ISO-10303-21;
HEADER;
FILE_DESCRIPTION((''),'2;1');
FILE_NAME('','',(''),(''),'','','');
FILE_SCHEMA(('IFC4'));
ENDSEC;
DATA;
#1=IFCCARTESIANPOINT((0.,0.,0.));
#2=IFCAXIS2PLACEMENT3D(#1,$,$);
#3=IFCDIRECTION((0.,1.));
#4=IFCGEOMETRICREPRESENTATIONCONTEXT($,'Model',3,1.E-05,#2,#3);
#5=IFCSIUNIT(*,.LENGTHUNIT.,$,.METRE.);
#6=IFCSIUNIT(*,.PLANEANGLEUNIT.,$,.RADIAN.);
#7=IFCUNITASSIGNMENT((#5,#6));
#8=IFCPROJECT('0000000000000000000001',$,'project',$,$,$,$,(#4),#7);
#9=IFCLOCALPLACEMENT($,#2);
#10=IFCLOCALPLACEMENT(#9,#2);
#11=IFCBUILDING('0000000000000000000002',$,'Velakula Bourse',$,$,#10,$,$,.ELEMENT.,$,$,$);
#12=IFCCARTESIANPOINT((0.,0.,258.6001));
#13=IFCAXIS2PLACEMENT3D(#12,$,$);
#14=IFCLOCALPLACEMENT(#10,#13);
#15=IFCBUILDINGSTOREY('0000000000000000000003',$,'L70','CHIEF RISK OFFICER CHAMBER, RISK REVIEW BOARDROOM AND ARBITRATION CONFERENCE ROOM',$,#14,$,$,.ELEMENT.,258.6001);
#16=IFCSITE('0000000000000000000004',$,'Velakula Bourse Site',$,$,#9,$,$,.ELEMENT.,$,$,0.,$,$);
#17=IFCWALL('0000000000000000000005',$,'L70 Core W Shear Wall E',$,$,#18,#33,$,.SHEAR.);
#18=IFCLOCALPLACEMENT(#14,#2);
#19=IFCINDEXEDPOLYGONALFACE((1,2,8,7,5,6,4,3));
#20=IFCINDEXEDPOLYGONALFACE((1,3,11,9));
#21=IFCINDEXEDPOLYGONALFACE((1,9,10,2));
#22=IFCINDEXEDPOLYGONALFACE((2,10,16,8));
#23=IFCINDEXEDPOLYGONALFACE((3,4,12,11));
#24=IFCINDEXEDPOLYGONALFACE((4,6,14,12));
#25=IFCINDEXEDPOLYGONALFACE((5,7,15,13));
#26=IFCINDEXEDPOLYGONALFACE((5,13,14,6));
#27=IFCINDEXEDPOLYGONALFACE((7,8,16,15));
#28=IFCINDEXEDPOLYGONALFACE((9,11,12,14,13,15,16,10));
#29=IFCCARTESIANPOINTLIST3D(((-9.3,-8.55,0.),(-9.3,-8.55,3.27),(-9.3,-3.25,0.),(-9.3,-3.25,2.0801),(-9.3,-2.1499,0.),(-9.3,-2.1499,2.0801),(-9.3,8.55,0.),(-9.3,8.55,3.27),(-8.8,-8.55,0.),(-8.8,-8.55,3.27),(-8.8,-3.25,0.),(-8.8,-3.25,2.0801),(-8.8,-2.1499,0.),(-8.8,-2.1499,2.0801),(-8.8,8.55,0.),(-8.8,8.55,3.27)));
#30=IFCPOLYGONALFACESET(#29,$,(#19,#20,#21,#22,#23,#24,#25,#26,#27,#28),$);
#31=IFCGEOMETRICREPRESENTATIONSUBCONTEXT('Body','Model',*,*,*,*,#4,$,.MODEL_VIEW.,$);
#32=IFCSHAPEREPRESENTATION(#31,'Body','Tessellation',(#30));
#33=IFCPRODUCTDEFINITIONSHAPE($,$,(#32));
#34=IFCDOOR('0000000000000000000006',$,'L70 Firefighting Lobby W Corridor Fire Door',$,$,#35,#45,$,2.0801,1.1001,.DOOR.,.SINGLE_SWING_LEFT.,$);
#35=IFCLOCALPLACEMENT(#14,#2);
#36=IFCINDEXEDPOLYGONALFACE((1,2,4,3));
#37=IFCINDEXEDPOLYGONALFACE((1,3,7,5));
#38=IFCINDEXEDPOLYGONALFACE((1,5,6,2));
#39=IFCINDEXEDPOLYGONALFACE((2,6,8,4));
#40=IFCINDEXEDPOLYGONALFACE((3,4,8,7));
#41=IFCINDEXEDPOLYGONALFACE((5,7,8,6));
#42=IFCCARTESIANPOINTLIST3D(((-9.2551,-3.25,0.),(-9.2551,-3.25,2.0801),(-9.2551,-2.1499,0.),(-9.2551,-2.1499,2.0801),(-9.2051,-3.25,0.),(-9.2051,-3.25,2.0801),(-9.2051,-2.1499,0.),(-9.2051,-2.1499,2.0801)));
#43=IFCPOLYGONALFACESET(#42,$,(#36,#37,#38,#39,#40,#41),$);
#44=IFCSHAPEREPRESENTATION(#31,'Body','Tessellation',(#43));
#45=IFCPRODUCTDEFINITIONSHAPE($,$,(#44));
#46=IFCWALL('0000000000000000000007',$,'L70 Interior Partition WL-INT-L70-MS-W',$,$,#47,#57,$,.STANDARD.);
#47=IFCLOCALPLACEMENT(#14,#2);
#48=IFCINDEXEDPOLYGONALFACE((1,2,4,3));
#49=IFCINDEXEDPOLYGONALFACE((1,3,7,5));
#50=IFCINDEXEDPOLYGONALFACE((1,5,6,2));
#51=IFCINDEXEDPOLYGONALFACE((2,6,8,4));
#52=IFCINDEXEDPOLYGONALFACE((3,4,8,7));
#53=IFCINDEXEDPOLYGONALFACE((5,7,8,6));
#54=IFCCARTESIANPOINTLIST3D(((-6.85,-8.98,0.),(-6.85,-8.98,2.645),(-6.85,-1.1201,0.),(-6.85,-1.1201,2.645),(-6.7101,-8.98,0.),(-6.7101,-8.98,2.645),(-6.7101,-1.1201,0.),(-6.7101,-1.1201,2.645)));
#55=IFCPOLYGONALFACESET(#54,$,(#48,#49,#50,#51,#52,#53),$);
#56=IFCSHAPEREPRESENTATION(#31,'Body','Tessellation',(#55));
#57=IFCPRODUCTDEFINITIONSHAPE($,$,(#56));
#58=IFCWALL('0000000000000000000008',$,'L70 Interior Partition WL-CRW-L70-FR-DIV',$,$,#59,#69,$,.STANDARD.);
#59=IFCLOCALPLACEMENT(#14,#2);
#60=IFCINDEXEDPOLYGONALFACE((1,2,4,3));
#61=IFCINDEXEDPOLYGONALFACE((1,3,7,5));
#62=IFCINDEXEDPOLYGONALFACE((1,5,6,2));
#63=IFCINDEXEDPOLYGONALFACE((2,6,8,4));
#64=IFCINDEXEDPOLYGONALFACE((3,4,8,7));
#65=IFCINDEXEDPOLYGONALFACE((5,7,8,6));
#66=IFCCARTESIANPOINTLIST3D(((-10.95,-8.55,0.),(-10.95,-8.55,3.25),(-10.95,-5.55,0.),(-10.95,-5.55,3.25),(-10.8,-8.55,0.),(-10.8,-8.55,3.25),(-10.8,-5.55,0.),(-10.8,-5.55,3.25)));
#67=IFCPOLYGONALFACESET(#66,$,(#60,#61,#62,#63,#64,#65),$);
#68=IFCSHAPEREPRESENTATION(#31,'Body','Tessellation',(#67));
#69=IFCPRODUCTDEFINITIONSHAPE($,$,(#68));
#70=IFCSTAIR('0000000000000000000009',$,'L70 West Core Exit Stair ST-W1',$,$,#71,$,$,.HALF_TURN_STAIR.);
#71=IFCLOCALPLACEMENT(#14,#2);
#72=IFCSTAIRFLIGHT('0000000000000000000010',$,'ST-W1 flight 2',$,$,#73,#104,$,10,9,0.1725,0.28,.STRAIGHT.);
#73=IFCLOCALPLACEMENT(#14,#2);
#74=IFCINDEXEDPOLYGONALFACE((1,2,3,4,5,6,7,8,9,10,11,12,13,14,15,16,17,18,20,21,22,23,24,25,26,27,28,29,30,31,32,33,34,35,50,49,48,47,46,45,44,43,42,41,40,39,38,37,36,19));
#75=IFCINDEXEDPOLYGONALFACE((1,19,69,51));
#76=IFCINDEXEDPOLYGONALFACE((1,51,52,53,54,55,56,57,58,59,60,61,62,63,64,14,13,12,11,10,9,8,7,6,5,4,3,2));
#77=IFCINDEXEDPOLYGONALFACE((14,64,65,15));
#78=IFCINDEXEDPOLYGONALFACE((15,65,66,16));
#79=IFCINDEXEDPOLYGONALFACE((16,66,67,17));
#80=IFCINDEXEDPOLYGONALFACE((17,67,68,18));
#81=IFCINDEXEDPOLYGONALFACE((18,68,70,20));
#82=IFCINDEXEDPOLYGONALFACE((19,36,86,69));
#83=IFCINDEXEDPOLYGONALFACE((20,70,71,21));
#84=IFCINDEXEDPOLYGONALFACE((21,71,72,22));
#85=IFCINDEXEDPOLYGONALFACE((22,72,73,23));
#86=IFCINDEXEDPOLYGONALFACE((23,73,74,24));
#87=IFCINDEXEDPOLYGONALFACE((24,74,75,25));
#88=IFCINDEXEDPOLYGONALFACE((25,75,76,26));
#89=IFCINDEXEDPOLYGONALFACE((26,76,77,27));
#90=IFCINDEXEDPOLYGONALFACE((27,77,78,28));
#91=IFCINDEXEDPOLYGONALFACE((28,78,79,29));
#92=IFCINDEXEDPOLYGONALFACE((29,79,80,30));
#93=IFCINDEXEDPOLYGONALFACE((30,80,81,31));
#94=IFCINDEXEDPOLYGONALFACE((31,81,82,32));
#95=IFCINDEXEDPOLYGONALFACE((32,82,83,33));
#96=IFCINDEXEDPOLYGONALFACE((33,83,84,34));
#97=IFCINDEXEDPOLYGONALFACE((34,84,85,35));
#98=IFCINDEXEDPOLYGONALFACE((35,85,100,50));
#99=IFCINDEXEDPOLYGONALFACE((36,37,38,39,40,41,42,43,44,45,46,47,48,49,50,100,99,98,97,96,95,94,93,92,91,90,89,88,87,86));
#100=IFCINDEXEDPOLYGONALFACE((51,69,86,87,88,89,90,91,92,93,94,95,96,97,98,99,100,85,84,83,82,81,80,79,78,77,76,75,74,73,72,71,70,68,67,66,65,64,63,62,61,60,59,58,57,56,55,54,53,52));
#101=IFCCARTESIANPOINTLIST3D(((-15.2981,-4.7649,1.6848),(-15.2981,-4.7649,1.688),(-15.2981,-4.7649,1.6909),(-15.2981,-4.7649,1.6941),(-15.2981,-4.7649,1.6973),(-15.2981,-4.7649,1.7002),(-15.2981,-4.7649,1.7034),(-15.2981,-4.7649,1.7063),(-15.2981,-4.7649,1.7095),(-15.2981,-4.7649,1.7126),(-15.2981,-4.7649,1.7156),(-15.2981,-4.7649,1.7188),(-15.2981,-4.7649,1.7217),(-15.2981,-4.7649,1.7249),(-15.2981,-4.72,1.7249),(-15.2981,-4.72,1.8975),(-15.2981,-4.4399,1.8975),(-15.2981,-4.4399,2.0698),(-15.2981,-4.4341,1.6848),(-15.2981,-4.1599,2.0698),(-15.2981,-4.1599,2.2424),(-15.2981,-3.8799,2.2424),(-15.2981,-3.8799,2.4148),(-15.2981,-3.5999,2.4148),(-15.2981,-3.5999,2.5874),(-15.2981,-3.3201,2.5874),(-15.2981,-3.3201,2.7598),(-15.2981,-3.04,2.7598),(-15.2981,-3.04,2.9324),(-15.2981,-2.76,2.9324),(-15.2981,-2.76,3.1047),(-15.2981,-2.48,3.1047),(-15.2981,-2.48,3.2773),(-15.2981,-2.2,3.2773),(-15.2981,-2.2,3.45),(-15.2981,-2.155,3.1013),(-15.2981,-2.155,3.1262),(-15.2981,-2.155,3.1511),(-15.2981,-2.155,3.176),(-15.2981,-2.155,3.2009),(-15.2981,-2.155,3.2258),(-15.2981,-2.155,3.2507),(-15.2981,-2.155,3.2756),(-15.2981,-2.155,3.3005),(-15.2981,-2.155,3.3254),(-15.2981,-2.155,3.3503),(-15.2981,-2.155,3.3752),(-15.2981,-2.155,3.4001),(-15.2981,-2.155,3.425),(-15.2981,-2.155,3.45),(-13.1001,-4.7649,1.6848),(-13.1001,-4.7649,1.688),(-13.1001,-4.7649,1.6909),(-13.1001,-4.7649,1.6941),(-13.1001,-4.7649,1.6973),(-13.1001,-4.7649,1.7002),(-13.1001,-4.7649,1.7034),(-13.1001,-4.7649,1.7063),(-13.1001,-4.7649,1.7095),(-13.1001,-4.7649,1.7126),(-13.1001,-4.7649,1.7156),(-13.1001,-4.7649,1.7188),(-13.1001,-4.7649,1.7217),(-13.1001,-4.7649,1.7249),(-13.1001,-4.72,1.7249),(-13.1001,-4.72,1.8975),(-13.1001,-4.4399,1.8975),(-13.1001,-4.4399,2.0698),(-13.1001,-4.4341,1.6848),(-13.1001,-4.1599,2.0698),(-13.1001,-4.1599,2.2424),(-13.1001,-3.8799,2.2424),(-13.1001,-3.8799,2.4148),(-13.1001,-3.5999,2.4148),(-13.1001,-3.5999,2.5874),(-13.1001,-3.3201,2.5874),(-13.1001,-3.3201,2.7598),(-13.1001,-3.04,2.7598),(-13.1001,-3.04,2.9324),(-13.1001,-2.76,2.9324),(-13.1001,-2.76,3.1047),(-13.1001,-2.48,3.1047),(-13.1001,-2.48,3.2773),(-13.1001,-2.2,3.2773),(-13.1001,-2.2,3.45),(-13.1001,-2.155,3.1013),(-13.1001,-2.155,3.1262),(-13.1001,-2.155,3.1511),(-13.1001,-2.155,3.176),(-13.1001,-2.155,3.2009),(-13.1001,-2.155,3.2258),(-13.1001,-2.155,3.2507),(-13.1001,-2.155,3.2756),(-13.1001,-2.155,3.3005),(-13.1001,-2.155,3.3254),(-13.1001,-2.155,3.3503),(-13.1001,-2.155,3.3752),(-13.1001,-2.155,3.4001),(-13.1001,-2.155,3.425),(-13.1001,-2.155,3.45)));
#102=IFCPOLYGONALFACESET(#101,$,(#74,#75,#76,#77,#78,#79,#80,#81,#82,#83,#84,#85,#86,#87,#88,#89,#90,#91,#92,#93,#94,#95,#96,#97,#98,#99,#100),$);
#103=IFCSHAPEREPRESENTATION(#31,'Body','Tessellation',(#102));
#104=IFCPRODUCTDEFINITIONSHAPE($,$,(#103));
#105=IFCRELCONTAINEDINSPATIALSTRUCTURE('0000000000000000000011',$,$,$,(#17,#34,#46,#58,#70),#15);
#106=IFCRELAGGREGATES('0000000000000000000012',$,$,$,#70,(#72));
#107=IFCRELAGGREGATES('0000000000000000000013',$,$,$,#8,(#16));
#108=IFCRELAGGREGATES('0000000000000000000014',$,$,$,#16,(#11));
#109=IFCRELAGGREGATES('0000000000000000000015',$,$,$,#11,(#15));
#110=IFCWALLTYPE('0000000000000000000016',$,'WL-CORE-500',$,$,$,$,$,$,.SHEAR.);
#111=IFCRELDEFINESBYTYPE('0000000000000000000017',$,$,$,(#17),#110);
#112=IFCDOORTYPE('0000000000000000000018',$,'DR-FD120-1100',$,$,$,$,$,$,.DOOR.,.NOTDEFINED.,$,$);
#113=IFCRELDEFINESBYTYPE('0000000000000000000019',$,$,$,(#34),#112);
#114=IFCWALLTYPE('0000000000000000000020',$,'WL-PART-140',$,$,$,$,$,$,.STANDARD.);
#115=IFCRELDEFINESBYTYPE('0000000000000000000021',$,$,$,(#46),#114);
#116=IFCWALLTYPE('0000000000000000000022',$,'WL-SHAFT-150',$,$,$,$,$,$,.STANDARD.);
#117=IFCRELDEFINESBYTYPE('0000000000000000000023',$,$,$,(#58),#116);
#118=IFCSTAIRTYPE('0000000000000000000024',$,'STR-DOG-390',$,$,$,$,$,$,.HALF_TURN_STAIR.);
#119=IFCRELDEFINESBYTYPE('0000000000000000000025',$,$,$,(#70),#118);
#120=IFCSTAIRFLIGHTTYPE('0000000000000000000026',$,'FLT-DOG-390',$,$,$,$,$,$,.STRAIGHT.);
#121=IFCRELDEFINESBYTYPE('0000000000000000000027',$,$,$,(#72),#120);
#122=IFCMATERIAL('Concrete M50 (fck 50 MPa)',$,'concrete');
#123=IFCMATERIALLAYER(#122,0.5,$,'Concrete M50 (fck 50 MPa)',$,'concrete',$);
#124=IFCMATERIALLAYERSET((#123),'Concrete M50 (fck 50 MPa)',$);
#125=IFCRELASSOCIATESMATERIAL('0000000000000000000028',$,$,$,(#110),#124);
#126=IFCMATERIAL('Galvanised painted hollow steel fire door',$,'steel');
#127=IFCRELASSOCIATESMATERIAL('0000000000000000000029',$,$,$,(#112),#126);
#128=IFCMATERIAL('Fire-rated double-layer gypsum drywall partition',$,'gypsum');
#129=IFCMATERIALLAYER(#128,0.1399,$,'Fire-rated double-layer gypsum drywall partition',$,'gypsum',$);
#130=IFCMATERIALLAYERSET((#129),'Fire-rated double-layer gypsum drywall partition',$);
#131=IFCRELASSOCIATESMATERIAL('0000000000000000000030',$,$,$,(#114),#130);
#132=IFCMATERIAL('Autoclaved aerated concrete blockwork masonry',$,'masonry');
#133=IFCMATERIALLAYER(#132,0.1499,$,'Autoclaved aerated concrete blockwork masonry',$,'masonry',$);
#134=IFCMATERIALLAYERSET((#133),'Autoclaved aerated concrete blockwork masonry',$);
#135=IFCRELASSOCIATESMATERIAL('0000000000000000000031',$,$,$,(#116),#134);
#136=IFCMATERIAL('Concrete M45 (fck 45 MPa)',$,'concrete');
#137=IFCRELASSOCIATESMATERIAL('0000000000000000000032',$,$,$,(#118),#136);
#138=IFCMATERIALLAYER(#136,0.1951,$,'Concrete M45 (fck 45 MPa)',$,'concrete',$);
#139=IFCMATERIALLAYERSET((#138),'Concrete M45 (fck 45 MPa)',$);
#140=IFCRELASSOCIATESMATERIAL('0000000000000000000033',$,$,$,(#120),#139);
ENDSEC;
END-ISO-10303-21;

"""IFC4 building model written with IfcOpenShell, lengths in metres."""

from ifc_helpers import new_model, si_unit, direction, frame, frame_2d, origin, place, context, subcontext, project, spatial, polyline, rectangle, outline, extrude, material, layer, layer_set, type_object, element, fill, aggregate, save


model = new_model("IFC4")

# Units and contexts
model_context = context("Model", 3, precision=1e-05, world=origin(), true_north=direction((0.0, 1.0)))
body_context = subcontext(model_context, "Body", "Model", "MODEL_VIEW")
ifc_project = project(units=[si_unit("LENGTHUNIT", "METRE"), si_unit("PLANEANGLEUNIT", "RADIAN")], contexts=[model_context])

# Site, building, storey
site_placement = place(None, origin())
site = spatial("IfcSite", under=ifc_project, at=site_placement, Name="Velakula Bourse Site", CompositionType="ELEMENT", RefElevation=0.0)
building_placement = place(site_placement, origin())
building = spatial("IfcBuilding", under=site, at=building_placement, Name="Velakula Bourse", CompositionType="ELEMENT")
storey_placement = place(building_placement, frame((0.0, 0.0, 258.6001)))
storey = spatial("IfcBuildingStorey", under=building, at=storey_placement, Name="L70", Description="CHIEF RISK OFFICER CHAMBER, RISK REVIEW BOARDROOM AND ARBITRATION CONFERENCE ROOM", CompositionType="ELEMENT", Elevation=258.6001)

# Shared definitions
ifc_material_1 = material(Name="Concrete M50 (fck 50 MPa)", Category="concrete")

# Shared definitions
ifc_material_2 = material(Name="Galvanised painted hollow steel fire door", Category="steel")

# Wall, opening, door
ifc_layer_1 = layer(ifc_material_1, 0.5, Name="Concrete M50 (fck 50 MPa)", Category="concrete")
ifc_layer_set_1 = layer_set([ifc_layer_1], Name="Concrete M50 (fck 50 MPa)")
wall_type_1 = type_object("IfcWallType", Name="WL-CORE-500", PredefinedType="SHEAR", material=ifc_layer_set_1)
wall_1_placement = place(storey_placement, frame((-9.05, -8.55, 0.0), z_axis=(0.0, 0.0, 1.0), x_axis=(0.0, 1.0, 0.0)))
wall_1 = element("IfcWall", 1, at=wall_1_placement, inside=storey, type_object=wall_type_1, Name="L70 Core W Shear Wall E", PredefinedType="SHEAR", context=body_context, shape_type="SweptSolid", body=[
    extrude(rectangle(XDim=17.1001, YDim=0.5, at=frame_2d((8.55, 0.0))), origin(), (0.0, 0.0, 1.0), 3.27),
])
opening_1_placement = place(wall_1_placement, frame((5.3, 0.0, 0.0)))
opening_1 = element("IfcOpeningElement", 2, at=opening_1_placement, cuts=wall_1, PredefinedType="OPENING", context=body_context, shape_type="SweptSolid", body=[
    extrude(rectangle(XDim=1.1001, YDim=2.0801, at=frame_2d((0.55, 1.04))), frame((0.0, 0.26, 0.0), z_axis=(0.0, -1.0, 0.0), x_axis=(1.0, 0.0, 0.0)), (0.0, 0.0, 1.0), 0.52),
])
door_type_1 = type_object("IfcDoorType", Name="DR-FD120-1100", OperationType="NOTDEFINED", PredefinedType="DOOR", material=ifc_material_2)
door_1_placement = place(opening_1_placement, origin())
door_1 = element("IfcDoor", 3, at=door_1_placement, inside=storey, type_object=door_type_1, Name="L70 Firefighting Lobby W Corridor Fire Door", OperationType="SINGLE_SWING_LEFT", OverallHeight=2.0801, OverallWidth=1.1001, PredefinedType="DOOR", context=body_context, shape_type="SweptSolid", body=[
    extrude(rectangle(XDim=1.1001, YDim=2.0801, at=frame_2d((0.55, 1.04))), frame((0.0, 0.2051, 0.0), z_axis=(0.0, -1.0, 0.0), x_axis=(1.0, 0.0, 0.0)), (0.0, 0.0, 1.0), 0.05),
])
fill(opening_1, door_1)

# Wall
ifc_material_3 = material(Name="Fire-rated double-layer gypsum drywall partition", Category="gypsum")
ifc_layer_2 = layer(ifc_material_3, 0.1399, Name="Fire-rated double-layer gypsum drywall partition", Category="gypsum")
ifc_layer_set_2 = layer_set([ifc_layer_2], Name="Fire-rated double-layer gypsum drywall partition")
wall_type_2 = type_object("IfcWallType", Name="WL-PART-140", PredefinedType="STANDARD", material=ifc_layer_set_2)
wall_2_placement = place(storey_placement, frame((-6.78, -8.98, 0.0), z_axis=(0.0, 0.0, 1.0), x_axis=(0.0, 1.0, 0.0)))
element("IfcWall", 4, at=wall_2_placement, inside=storey, type_object=wall_type_2, Name="L70 Interior Partition WL-INT-L70-MS-W", PredefinedType="STANDARD", context=body_context, shape_type="SweptSolid", body=[
    extrude(rectangle(XDim=7.8599, YDim=0.1399, at=frame_2d((3.9299, 0.0))), origin(), (0.0, 0.0, 1.0), 2.645),
])

# Shared definitions
ifc_material_4 = material(Name="Autoclaved aerated concrete blockwork masonry", Category="masonry")
ifc_layer_3 = layer(ifc_material_4, 0.1499, Name="Autoclaved aerated concrete blockwork masonry", Category="masonry")
ifc_layer_set_3 = layer_set([ifc_layer_3], Name="Autoclaved aerated concrete blockwork masonry")
wall_type_3 = type_object("IfcWallType", Name="WL-SHAFT-150", PredefinedType="STANDARD", material=ifc_layer_set_3)

# Wall
wall_3_placement = place(storey_placement, frame((-10.875, -8.55, 0.0), z_axis=(0.0, 0.0, 1.0), x_axis=(0.0, 1.0, 0.0)))
element("IfcWall", 5, at=wall_3_placement, inside=storey, type_object=wall_type_3, Name="L70 Interior Partition WL-CRW-L70-FR-DIV", PredefinedType="STANDARD", context=body_context, shape_type="SweptSolid", body=[
    extrude(rectangle(XDim=3.0, YDim=0.1499, at=frame_2d((1.5, 0.0))), origin(), (0.0, 0.0, 1.0), 3.25),
])

# Stair, stair flight
ifc_material_5 = material(Name="Concrete M45 (fck 45 MPa)", Category="concrete")
stair_type = type_object("IfcStairType", Name="STR-DOG-390", PredefinedType="HALF_TURN_STAIR", material=ifc_material_5)
stair_placement = place(storey_placement, origin())
stair = element("IfcStair", 6, at=stair_placement, inside=storey, type_object=stair_type, Name="L70 West Core Exit Stair ST-W1", PredefinedType="HALF_TURN_STAIR")
ifc_layer_4 = layer(ifc_material_5, 0.1951, Name="Concrete M45 (fck 45 MPa)", Category="concrete")
ifc_layer_set_4 = layer_set([ifc_layer_4], Name="Concrete M45 (fck 45 MPa)")
stair_flight_type = type_object("IfcStairFlightType", Name="FLT-DOG-390", PredefinedType="STRAIGHT", material=ifc_layer_set_4)
stair_flight_placement = place(storey_placement, frame((-14.199, -4.72, 1.7249), z_axis=(0.0, 0.0, 1.0), x_axis=(0.0, 1.0, 0.0)))
stair_flight = element("IfcStairFlight", 7, at=stair_flight_placement, type_object=stair_flight_type, Name="ST-W1 flight 2", NumberOfRisers=10, NumberOfTreads=9, PredefinedType="STRAIGHT", RiserHeight=0.1725, TreadLength=0.28, context=body_context, shape_type="SweptSolid", body=[
    extrude(outline(polyline([(-0.0449, -0.04), (-0.0449, -0.0369), (-0.0449, -0.0339), (-0.0449, -0.0308), (-0.0449, -0.0276), (-0.0449, -0.0247), (-0.0449, -0.0215), (-0.0449, -0.0186), (-0.0449, -0.0154), (-0.0449, -0.0122), (-0.0449, -0.0093), (-0.0449, -0.0061), (-0.0449, -0.0032), (-0.0449, 0.0), (0.0, 0.0), (0.0, 0.1726), (0.28, 0.1726), (0.28, 0.345), (0.5601, 0.345), (0.5601, 0.5176), (0.8401, 0.5176), (0.8401, 0.6899), (1.1201, 0.6899), (1.1201, 0.8625), (1.3999, 0.8625), (1.3999, 1.0349), (1.6799, 1.0349), (1.6799, 1.2075), (1.96, 1.2075), (1.96, 1.3799), (2.24, 1.3799), (2.24, 1.5525), (2.52, 1.5525), (2.52, 1.7251), (2.5649, 1.7251), (2.5649, 1.7002), (2.5649, 1.6753), (2.5649, 1.6504), (2.5649, 1.6255), (2.5649, 1.6006), (2.5649, 1.5757), (2.5649, 1.5508), (2.5649, 1.5259), (2.5649, 1.501), (2.5649, 1.4761), (2.5649, 1.4512), (2.5649, 1.4263), (2.5649, 1.4014), (2.5649, 1.3765), (0.2859, -0.04), (-0.0449, -0.04)])), frame((0.0, 1.0991, 0.0), z_axis=(0.0, -1.0, 0.0), x_axis=(1.0, 0.0, 0.0)), (0.0, 0.0, 1.0), 2.198),
])
aggregate(stair, [stair_flight])

save(model, "model.ifc")
